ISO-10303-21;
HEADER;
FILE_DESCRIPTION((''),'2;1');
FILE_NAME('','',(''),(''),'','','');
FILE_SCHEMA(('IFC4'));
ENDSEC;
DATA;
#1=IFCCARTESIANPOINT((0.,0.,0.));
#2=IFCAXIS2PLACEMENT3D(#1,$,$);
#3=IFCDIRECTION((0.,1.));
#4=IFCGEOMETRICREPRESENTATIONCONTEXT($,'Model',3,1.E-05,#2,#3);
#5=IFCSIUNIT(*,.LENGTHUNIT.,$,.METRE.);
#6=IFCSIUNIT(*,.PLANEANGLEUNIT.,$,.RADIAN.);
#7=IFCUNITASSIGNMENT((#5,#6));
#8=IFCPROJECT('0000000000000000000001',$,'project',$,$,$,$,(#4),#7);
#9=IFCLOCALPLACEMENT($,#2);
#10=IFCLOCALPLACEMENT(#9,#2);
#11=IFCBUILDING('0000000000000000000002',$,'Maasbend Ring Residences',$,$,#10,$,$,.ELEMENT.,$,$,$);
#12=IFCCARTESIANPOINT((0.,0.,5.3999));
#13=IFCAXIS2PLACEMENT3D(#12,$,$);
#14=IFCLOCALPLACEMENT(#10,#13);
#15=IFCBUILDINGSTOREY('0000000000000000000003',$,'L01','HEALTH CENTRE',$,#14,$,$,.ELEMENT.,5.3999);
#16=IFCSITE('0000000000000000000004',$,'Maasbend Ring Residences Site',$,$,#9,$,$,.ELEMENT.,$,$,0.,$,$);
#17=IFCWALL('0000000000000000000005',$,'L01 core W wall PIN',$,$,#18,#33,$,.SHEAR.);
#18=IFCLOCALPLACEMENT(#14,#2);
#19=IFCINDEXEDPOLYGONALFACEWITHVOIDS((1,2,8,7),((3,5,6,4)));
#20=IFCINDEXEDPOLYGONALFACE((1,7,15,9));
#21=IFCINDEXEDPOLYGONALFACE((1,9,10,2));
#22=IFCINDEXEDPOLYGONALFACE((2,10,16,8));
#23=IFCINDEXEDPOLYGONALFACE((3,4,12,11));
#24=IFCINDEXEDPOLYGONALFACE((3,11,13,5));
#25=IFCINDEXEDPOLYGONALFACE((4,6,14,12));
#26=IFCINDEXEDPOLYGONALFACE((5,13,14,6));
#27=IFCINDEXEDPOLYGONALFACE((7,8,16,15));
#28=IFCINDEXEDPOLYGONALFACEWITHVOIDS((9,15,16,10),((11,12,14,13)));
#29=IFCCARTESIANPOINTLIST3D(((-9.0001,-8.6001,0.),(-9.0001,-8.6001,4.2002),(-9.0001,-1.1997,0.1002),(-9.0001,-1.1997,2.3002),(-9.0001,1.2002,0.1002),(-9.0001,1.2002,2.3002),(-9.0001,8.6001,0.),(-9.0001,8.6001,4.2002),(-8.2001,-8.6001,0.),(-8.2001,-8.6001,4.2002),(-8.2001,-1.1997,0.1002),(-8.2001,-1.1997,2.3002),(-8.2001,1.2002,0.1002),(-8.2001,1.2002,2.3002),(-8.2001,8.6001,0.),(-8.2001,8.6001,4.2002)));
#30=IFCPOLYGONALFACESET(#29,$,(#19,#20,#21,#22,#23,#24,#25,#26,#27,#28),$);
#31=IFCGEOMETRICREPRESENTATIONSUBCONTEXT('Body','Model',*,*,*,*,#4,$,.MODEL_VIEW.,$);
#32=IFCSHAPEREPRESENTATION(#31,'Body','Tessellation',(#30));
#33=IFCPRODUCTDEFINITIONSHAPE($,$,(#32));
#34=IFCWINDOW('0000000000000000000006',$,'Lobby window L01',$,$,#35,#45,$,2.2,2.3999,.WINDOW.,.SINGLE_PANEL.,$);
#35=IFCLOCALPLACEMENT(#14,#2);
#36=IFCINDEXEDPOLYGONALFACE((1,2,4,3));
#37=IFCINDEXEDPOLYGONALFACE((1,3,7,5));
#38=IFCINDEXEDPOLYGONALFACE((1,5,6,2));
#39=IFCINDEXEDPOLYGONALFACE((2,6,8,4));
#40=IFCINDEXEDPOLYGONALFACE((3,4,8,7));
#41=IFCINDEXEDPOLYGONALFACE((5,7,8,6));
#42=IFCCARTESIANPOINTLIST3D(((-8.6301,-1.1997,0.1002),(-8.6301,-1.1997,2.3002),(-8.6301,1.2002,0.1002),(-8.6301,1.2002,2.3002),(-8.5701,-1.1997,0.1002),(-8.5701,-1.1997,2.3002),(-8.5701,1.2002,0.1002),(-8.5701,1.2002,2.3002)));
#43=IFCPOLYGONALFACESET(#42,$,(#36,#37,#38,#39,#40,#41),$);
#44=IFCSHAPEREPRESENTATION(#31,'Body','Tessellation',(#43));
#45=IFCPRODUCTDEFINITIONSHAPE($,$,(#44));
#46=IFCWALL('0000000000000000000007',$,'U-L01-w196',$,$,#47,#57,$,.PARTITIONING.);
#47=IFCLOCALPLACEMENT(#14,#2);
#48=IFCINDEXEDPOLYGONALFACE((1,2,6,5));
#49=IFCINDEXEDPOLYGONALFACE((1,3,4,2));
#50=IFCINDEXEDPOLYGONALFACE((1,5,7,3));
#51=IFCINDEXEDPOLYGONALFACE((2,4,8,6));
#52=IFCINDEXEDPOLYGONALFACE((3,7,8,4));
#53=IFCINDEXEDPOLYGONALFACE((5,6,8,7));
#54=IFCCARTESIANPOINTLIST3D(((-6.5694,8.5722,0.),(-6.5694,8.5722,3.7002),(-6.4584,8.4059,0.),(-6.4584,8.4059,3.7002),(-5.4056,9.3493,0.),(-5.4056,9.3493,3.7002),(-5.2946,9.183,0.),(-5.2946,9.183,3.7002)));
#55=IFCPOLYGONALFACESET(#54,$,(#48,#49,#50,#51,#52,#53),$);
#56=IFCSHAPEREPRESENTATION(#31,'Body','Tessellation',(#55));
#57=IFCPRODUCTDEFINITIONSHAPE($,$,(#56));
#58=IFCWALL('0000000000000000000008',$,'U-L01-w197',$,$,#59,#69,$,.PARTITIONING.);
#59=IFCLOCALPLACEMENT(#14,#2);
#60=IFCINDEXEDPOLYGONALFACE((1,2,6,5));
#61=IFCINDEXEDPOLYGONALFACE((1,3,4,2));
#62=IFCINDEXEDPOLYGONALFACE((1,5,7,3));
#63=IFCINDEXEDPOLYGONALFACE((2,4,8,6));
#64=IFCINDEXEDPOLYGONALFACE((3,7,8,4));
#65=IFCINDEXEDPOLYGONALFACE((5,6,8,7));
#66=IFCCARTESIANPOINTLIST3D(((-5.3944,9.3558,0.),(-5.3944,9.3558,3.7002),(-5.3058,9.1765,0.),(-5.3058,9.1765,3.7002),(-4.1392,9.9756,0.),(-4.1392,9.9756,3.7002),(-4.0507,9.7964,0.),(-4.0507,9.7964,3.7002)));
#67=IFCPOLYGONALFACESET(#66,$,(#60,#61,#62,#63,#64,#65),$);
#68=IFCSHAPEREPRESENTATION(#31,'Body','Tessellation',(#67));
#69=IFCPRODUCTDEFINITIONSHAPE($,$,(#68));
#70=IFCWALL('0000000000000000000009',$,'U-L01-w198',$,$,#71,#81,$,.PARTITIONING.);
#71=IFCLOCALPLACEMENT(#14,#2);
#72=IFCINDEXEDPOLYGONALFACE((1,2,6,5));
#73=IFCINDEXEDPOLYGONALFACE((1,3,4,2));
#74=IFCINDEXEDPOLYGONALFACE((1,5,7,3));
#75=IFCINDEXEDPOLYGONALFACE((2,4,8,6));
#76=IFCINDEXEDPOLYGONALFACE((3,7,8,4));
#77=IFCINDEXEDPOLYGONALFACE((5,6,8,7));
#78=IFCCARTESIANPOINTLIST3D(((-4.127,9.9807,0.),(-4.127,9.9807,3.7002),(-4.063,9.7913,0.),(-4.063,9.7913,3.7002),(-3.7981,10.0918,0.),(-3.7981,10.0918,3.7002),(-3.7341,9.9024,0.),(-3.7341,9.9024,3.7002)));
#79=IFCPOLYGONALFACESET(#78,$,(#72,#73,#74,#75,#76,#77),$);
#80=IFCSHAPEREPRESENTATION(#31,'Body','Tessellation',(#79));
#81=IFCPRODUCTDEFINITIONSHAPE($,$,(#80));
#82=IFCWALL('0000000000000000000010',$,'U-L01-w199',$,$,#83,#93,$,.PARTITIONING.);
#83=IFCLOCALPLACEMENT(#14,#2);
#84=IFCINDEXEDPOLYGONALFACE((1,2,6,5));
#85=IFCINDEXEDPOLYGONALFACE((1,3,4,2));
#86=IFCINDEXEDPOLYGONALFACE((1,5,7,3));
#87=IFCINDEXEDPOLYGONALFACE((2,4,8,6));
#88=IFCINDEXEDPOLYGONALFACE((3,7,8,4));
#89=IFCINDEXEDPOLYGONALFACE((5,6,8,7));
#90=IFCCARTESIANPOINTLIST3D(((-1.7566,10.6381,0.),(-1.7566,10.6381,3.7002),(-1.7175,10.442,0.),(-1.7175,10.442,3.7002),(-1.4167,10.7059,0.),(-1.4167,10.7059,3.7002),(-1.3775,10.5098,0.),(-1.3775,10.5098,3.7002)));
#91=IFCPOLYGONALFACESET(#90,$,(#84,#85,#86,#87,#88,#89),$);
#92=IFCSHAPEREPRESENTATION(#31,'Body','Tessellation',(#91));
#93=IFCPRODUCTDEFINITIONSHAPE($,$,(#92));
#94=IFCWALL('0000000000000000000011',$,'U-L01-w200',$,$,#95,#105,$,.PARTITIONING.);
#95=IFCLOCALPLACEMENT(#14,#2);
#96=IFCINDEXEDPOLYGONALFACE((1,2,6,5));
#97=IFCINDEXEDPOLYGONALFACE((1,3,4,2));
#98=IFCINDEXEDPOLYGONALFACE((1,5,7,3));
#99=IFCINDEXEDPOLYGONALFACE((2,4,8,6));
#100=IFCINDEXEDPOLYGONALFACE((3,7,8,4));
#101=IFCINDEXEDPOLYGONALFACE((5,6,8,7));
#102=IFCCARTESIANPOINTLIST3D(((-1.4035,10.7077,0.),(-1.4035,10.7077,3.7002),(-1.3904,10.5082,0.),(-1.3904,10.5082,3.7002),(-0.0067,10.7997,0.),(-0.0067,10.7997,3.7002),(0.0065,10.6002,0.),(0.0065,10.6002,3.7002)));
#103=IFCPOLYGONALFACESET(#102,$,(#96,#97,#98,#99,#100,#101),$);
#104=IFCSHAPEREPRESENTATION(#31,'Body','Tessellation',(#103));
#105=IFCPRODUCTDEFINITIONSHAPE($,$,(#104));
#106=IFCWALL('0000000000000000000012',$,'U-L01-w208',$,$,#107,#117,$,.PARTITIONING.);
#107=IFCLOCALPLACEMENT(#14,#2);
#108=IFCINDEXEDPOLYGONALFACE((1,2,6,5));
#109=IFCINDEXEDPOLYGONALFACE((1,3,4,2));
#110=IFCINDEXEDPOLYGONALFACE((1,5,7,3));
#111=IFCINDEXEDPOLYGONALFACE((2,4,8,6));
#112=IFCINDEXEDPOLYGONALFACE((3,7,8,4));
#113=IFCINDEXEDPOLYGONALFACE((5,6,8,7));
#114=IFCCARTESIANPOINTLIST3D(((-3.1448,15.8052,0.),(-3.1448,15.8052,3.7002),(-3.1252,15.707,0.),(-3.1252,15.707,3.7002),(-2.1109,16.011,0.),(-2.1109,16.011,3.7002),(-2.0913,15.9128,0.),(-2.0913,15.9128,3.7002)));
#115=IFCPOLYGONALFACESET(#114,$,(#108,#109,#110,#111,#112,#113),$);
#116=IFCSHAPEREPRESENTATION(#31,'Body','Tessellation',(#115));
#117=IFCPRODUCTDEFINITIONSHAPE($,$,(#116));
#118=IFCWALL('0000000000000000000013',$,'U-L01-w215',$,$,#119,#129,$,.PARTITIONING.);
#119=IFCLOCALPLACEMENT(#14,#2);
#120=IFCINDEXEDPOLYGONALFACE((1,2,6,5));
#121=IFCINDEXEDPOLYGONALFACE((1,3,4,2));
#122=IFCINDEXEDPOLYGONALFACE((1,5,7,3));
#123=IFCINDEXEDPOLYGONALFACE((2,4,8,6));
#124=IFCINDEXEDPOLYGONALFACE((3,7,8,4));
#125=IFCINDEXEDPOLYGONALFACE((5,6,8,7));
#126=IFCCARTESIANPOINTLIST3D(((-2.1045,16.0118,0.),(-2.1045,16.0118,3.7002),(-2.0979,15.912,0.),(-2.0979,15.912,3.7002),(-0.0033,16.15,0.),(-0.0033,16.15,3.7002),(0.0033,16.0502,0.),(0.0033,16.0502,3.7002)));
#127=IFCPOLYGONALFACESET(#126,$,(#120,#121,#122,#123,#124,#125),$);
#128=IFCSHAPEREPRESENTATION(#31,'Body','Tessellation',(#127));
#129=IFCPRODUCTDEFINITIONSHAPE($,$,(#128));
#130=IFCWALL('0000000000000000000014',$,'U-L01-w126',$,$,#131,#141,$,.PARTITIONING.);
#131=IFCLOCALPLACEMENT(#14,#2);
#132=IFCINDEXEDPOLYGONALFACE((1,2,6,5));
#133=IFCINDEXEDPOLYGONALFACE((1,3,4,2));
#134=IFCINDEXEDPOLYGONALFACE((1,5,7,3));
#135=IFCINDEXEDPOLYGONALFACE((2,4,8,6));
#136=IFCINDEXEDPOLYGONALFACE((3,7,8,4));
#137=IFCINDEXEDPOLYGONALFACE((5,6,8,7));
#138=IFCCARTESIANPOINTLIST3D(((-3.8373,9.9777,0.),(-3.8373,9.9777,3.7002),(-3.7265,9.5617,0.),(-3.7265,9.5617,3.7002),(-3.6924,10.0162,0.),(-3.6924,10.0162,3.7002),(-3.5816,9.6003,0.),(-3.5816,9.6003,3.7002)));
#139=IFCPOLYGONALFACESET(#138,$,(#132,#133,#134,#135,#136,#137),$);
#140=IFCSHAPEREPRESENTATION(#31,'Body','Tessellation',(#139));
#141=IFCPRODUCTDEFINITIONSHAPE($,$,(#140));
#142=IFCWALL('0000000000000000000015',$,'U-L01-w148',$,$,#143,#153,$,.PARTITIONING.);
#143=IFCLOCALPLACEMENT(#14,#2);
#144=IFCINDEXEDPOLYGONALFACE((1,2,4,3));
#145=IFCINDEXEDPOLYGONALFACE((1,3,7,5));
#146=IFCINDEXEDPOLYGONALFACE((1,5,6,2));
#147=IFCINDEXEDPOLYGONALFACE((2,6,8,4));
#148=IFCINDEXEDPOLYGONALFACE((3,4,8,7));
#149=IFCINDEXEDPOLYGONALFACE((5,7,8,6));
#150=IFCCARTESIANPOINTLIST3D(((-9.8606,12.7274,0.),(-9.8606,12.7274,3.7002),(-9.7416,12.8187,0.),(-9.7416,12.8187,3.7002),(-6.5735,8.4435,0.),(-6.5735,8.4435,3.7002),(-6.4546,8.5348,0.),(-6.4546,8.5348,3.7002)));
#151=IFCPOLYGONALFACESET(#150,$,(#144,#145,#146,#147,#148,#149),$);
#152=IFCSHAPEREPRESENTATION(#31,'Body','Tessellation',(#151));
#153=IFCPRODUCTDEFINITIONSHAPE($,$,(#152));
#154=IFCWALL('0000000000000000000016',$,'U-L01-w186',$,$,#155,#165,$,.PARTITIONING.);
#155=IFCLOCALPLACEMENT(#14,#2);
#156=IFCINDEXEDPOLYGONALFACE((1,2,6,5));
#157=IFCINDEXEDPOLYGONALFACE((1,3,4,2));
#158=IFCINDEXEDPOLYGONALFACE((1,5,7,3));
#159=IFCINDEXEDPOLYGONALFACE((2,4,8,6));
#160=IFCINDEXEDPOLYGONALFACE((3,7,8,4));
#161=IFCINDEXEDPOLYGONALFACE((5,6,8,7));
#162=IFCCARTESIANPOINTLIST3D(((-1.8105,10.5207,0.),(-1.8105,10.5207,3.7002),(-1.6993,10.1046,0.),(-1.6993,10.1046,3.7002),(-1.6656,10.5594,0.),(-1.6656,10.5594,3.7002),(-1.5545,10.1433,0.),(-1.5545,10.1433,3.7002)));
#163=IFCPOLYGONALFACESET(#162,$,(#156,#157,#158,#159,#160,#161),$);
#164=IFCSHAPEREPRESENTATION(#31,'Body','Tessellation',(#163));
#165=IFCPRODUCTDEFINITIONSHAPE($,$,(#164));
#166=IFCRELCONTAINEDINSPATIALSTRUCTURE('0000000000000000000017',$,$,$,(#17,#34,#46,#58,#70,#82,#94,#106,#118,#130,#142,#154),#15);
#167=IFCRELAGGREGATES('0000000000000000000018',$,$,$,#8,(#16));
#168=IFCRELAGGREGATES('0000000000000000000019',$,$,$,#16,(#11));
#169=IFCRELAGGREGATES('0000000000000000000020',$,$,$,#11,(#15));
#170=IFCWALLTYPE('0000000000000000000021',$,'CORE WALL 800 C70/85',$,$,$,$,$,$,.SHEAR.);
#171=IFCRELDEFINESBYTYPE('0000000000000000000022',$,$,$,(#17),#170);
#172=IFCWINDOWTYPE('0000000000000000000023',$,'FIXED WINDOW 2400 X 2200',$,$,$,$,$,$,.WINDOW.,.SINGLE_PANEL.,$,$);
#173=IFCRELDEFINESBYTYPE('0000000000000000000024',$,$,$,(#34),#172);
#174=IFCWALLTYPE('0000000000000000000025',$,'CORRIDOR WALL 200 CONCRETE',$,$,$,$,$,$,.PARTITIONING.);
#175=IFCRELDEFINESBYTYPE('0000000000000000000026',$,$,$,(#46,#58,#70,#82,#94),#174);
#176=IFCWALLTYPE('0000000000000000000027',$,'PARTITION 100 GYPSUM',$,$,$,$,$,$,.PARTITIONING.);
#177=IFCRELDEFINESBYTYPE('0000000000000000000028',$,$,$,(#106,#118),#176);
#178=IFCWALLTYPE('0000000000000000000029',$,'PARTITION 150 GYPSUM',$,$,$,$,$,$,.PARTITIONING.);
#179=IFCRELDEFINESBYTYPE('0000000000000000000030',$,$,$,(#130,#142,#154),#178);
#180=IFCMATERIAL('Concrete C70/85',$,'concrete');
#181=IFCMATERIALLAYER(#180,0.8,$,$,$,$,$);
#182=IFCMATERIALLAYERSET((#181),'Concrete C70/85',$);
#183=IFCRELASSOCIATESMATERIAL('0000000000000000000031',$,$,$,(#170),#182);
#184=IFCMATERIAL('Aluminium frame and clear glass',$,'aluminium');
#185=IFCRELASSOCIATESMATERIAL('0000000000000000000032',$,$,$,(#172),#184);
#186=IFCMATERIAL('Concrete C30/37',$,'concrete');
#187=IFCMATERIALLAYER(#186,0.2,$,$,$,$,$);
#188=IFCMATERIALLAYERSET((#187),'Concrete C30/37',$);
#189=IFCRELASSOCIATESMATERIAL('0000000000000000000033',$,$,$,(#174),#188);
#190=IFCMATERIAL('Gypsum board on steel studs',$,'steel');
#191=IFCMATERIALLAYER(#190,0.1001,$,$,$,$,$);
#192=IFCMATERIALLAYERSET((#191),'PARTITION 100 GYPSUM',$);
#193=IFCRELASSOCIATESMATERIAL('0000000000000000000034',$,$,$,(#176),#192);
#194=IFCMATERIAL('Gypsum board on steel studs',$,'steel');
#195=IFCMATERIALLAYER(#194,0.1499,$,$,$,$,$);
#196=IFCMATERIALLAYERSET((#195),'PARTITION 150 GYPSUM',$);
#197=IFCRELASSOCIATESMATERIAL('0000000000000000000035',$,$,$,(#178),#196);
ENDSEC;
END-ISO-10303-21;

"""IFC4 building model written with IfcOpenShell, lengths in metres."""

from ifc_helpers import new_model, si_unit, direction, frame, frame_2d, origin, place, context, subcontext, project, spatial, rectangle, extrude, material, layer, layer_set, type_object, element, fill, save


model = new_model("IFC4")

# Units and contexts
model_context = context("Model", 3, precision=1e-05, world=origin(), true_north=direction((0.0, 1.0)))
body_context = subcontext(model_context, "Body", "Model", "MODEL_VIEW")
ifc_project = project(units=[si_unit("LENGTHUNIT", "METRE"), si_unit("PLANEANGLEUNIT", "RADIAN")], contexts=[model_context])

# Site, building, storey
site_placement = place(None, origin())
site = spatial("IfcSite", under=ifc_project, at=site_placement, Name="Maasbend Ring Residences Site", CompositionType="ELEMENT", RefElevation=0.0)
building_placement = place(site_placement, origin())
building = spatial("IfcBuilding", under=site, at=building_placement, Name="Maasbend Ring Residences", CompositionType="ELEMENT")
storey_placement = place(building_placement, frame((0.0, 0.0, 5.3999)))
storey = spatial("IfcBuildingStorey", under=building, at=storey_placement, Name="L01", Description="HEALTH CENTRE", CompositionType="ELEMENT", Elevation=5.3999)

# Shared definitions
ifc_material_1 = material(Name="Concrete C70/85", Category="concrete")
ifc_layer_1 = layer(ifc_material_1, 0.8)
ifc_layer_set_1 = layer_set([ifc_layer_1], Name="Concrete C70/85")
wall_type_1 = type_object("IfcWallType", Name="CORE WALL 800 C70/85", PredefinedType="SHEAR", material=ifc_layer_set_1)

# Wall, opening, window
wall_1_placement = place(storey_placement, frame((-8.6001, 8.6001, 0.0), z_axis=(0.0, 0.0, 1.0), x_axis=(0.0, -1.0, 0.0)))
wall_1 = element("IfcWall", 1, at=wall_1_placement, inside=storey, type_object=wall_type_1, Name="L01 core W wall PIN", PredefinedType="SHEAR", context=body_context, shape_type="SweptSolid", body=[
    extrude(rectangle(XDim=17.2002, YDim=0.8, at=frame_2d((8.6001, 0.0))), origin(), (0.0, 0.0, 1.0), 4.2002),
])
opening_1_placement = place(wall_1_placement, frame((7.3999, 0.0, 0.1001)))
opening_1 = element("IfcOpeningElement", 2, at=opening_1_placement, cuts=wall_1, PredefinedType="OPENING", context=body_context, shape_type="SweptSolid", body=[
    extrude(rectangle(XDim=2.3999, YDim=2.2, at=frame_2d((1.2, 1.1001))), frame((0.0, 0.4102, 0.0), z_axis=(0.0, -1.0, 0.0), x_axis=(1.0, 0.0, 0.0)), (0.0, 0.0, 1.0), 0.8201),
])
ifc_material_2 = material(Name="Aluminium frame and clear glass", Category="aluminium")
window_type = type_object("IfcWindowType", Name="FIXED WINDOW 2400 X 2200", PartitioningType="SINGLE_PANEL", PredefinedType="WINDOW", material=ifc_material_2)
window_placement = place(opening_1_placement, origin())
window = element("IfcWindow", 3, at=window_placement, inside=storey, type_object=window_type, Name="Lobby window L01", OverallHeight=2.2, OverallWidth=2.3999, PartitioningType="SINGLE_PANEL", PredefinedType="WINDOW", context=body_context, shape_type="SweptSolid", body=[
    extrude(rectangle(XDim=2.3999, YDim=2.2, at=frame_2d((1.2, 1.1001))), frame((0.0, 0.03, 0.0), z_axis=(0.0, -1.0, 0.0), x_axis=(1.0, 0.0, 0.0)), (0.0, 0.0, 1.0), 0.0601),
])
fill(opening_1, window)

# Walls
ifc_material_3 = material(Name="Concrete C30/37", Category="concrete")
ifc_layer_2 = layer(ifc_material_3, 0.2)
ifc_layer_set_2 = layer_set([ifc_layer_2], Name="Concrete C30/37")
wall_type_2 = type_object("IfcWallType", Name="CORRIDOR WALL 200 CONCRETE", PredefinedType="PARTITIONING", material=ifc_layer_set_2)
wall_2_placement = place(storey_placement, frame((-6.5139, 8.489, 0.0), z_axis=(0.0, 0.0, 1.0), x_axis=(0.831647, 0.555304, 0.0)))
element("IfcWall", 4, at=wall_2_placement, inside=storey, type_object=wall_type_2, Name="U-L01-w196", PredefinedType="PARTITIONING", context=body_context, shape_type="SweptSolid", body=[
    extrude(rectangle(XDim=1.3994, YDim=0.2, at=frame_2d((0.6997, 0.0))), origin(), (0.0, 0.0, 1.0), 3.7002),
])
wall_3_placement = place(storey_placement, frame((-5.3501, 9.2661, 0.0), z_axis=(0.0, 0.0, 1.0), x_axis=(0.896614, 0.442813, 0.0)))
element("IfcWall", 5, at=wall_3_placement, inside=storey, type_object=wall_type_2, Name="U-L01-w197", PredefinedType="PARTITIONING", context=body_context, shape_type="SweptSolid", body=[
    extrude(rectangle(XDim=1.3999, YDim=0.2, at=frame_2d((0.7, 0.0))), origin(), (0.0, 0.0, 1.0), 3.7002),
])
wall_4_placement = place(storey_placement, frame((-4.095, 9.886, 0.0), z_axis=(0.0, 0.0, 1.0), x_axis=(0.94741, 0.320023, 0.0)))
element("IfcWall", 6, at=wall_4_placement, inside=storey, type_object=wall_type_2, Name="U-L01-w198", PredefinedType="PARTITIONING", context=body_context, shape_type="SweptSolid", body=[
    extrude(rectangle(XDim=0.3472, YDim=0.2, at=frame_2d((0.1736, 0.0))), origin(), (0.0, 0.0, 1.0), 3.7002),
])
wall_5_placement = place(storey_placement, frame((-1.7371, 10.54, 0.0), z_axis=(0.0, 0.0, 1.0), x_axis=(0.980662, 0.19571, 0.0)))
element("IfcWall", 7, at=wall_5_placement, inside=storey, type_object=wall_type_2, Name="U-L01-w199", PredefinedType="PARTITIONING", context=body_context, shape_type="SweptSolid", body=[
    extrude(rectangle(XDim=0.3467, YDim=0.2, at=frame_2d((0.1733, 0.0))), origin(), (0.0, 0.0, 1.0), 3.7002),
])
wall_6_placement = place(storey_placement, frame((-1.397, 10.6079, 0.0), z_axis=(0.0, 0.0, 1.0), x_axis=(0.997837, 0.065744, 0.0)))
element("IfcWall", 8, at=wall_6_placement, inside=storey, type_object=wall_type_2, Name="U-L01-w200", PredefinedType="PARTITIONING", context=body_context, shape_type="SweptSolid", body=[
    extrude(rectangle(XDim=1.3999, YDim=0.2, at=frame_2d((0.7, 0.0))), origin(), (0.0, 0.0, 1.0), 3.7002),
])
ifc_material_4 = material(Name="Gypsum board on steel studs", Category="steel")
ifc_layer_3 = layer(ifc_material_4, 0.1001)
ifc_layer_set_3 = layer_set([ifc_layer_3], Name="PARTITION 100 GYPSUM")
wall_type_3 = type_object("IfcWallType", Name="PARTITION 100 GYPSUM", PredefinedType="PARTITIONING", material=ifc_layer_set_3)
wall_7_placement = place(storey_placement, frame((-3.135, 15.7561, 0.0), z_axis=(0.0, 0.0, 1.0), x_axis=(0.980758, 0.195225, 0.0)))
element("IfcWall", 9, at=wall_7_placement, inside=storey, type_object=wall_type_3, Name="U-L01-w208", PredefinedType="PARTITIONING", context=body_context, shape_type="SweptSolid", body=[
    extrude(rectangle(XDim=1.0542, YDim=0.1001, at=frame_2d((0.5271, 0.0))), origin(), (0.0, 0.0, 1.0), 3.7002),
])
wall_8_placement = place(storey_placement, frame((-2.1011, 15.9619, 0.0), z_axis=(0.0, 0.0, 1.0), x_axis=(0.997844, 0.065626, 0.0)))
element("IfcWall", 10, at=wall_8_placement, inside=storey, type_object=wall_type_3, Name="U-L01-w215", PredefinedType="PARTITIONING", context=body_context, shape_type="SweptSolid", body=[
    extrude(rectangle(XDim=2.1057, YDim=0.1001, at=frame_2d((1.0527, 0.0))), origin(), (0.0, 0.0, 1.0), 3.7002),
])
ifc_material_5 = material(Name="Gypsum board on steel studs", Category="steel")
ifc_layer_4 = layer(ifc_material_5, 0.1499)
ifc_layer_set_4 = layer_set([ifc_layer_4], Name="PARTITION 150 GYPSUM")
wall_type_4 = type_object("IfcWallType", Name="PARTITION 150 GYPSUM", PredefinedType="PARTITIONING", material=ifc_layer_set_4)
wall_9_placement = place(storey_placement, frame((-3.7649, 9.9971, 0.0), z_axis=(0.0, 0.0, 1.0), x_axis=(0.257451, -0.966291, 0.0)))
element("IfcWall", 11, at=wall_9_placement, inside=storey, type_object=wall_type_4, Name="U-L01-w126", PredefinedType="PARTITIONING", context=body_context, shape_type="SweptSolid", body=[
    extrude(rectangle(XDim=0.4304, YDim=0.1499, at=frame_2d((0.2153, 0.0))), origin(), (0.0, 0.0, 1.0), 3.7002),
])
wall_10_placement = place(storey_placement, frame((-9.801, 12.7729, 0.0), z_axis=(0.0, 0.0, 1.0), x_axis=(0.608753, -0.79336, 0.0)))
element("IfcWall", 12, at=wall_10_placement, inside=storey, type_object=wall_type_4, Name="U-L01-w148", PredefinedType="PARTITIONING", context=body_context, shape_type="SweptSolid", body=[
    extrude(rectangle(XDim=5.3997, YDim=0.1499, at=frame_2d((2.6997, 0.0))), origin(), (0.0, 0.0, 1.0), 3.7002),
])
wall_11_placement = place(storey_placement, frame((-1.738, 10.54, 0.0), z_axis=(0.0, 0.0, 1.0), x_axis=(0.25798, -0.96615, 0.0)))
element("IfcWall", 13, at=wall_11_placement, inside=storey, type_object=wall_type_4, Name="U-L01-w186", PredefinedType="PARTITIONING", context=body_context, shape_type="SweptSolid", body=[
    extrude(rectangle(XDim=0.4307, YDim=0.1499, at=frame_2d((0.2153, 0.0))), origin(), (0.0, 0.0, 1.0), 3.7002),
])

save(model, "model.ifc")
